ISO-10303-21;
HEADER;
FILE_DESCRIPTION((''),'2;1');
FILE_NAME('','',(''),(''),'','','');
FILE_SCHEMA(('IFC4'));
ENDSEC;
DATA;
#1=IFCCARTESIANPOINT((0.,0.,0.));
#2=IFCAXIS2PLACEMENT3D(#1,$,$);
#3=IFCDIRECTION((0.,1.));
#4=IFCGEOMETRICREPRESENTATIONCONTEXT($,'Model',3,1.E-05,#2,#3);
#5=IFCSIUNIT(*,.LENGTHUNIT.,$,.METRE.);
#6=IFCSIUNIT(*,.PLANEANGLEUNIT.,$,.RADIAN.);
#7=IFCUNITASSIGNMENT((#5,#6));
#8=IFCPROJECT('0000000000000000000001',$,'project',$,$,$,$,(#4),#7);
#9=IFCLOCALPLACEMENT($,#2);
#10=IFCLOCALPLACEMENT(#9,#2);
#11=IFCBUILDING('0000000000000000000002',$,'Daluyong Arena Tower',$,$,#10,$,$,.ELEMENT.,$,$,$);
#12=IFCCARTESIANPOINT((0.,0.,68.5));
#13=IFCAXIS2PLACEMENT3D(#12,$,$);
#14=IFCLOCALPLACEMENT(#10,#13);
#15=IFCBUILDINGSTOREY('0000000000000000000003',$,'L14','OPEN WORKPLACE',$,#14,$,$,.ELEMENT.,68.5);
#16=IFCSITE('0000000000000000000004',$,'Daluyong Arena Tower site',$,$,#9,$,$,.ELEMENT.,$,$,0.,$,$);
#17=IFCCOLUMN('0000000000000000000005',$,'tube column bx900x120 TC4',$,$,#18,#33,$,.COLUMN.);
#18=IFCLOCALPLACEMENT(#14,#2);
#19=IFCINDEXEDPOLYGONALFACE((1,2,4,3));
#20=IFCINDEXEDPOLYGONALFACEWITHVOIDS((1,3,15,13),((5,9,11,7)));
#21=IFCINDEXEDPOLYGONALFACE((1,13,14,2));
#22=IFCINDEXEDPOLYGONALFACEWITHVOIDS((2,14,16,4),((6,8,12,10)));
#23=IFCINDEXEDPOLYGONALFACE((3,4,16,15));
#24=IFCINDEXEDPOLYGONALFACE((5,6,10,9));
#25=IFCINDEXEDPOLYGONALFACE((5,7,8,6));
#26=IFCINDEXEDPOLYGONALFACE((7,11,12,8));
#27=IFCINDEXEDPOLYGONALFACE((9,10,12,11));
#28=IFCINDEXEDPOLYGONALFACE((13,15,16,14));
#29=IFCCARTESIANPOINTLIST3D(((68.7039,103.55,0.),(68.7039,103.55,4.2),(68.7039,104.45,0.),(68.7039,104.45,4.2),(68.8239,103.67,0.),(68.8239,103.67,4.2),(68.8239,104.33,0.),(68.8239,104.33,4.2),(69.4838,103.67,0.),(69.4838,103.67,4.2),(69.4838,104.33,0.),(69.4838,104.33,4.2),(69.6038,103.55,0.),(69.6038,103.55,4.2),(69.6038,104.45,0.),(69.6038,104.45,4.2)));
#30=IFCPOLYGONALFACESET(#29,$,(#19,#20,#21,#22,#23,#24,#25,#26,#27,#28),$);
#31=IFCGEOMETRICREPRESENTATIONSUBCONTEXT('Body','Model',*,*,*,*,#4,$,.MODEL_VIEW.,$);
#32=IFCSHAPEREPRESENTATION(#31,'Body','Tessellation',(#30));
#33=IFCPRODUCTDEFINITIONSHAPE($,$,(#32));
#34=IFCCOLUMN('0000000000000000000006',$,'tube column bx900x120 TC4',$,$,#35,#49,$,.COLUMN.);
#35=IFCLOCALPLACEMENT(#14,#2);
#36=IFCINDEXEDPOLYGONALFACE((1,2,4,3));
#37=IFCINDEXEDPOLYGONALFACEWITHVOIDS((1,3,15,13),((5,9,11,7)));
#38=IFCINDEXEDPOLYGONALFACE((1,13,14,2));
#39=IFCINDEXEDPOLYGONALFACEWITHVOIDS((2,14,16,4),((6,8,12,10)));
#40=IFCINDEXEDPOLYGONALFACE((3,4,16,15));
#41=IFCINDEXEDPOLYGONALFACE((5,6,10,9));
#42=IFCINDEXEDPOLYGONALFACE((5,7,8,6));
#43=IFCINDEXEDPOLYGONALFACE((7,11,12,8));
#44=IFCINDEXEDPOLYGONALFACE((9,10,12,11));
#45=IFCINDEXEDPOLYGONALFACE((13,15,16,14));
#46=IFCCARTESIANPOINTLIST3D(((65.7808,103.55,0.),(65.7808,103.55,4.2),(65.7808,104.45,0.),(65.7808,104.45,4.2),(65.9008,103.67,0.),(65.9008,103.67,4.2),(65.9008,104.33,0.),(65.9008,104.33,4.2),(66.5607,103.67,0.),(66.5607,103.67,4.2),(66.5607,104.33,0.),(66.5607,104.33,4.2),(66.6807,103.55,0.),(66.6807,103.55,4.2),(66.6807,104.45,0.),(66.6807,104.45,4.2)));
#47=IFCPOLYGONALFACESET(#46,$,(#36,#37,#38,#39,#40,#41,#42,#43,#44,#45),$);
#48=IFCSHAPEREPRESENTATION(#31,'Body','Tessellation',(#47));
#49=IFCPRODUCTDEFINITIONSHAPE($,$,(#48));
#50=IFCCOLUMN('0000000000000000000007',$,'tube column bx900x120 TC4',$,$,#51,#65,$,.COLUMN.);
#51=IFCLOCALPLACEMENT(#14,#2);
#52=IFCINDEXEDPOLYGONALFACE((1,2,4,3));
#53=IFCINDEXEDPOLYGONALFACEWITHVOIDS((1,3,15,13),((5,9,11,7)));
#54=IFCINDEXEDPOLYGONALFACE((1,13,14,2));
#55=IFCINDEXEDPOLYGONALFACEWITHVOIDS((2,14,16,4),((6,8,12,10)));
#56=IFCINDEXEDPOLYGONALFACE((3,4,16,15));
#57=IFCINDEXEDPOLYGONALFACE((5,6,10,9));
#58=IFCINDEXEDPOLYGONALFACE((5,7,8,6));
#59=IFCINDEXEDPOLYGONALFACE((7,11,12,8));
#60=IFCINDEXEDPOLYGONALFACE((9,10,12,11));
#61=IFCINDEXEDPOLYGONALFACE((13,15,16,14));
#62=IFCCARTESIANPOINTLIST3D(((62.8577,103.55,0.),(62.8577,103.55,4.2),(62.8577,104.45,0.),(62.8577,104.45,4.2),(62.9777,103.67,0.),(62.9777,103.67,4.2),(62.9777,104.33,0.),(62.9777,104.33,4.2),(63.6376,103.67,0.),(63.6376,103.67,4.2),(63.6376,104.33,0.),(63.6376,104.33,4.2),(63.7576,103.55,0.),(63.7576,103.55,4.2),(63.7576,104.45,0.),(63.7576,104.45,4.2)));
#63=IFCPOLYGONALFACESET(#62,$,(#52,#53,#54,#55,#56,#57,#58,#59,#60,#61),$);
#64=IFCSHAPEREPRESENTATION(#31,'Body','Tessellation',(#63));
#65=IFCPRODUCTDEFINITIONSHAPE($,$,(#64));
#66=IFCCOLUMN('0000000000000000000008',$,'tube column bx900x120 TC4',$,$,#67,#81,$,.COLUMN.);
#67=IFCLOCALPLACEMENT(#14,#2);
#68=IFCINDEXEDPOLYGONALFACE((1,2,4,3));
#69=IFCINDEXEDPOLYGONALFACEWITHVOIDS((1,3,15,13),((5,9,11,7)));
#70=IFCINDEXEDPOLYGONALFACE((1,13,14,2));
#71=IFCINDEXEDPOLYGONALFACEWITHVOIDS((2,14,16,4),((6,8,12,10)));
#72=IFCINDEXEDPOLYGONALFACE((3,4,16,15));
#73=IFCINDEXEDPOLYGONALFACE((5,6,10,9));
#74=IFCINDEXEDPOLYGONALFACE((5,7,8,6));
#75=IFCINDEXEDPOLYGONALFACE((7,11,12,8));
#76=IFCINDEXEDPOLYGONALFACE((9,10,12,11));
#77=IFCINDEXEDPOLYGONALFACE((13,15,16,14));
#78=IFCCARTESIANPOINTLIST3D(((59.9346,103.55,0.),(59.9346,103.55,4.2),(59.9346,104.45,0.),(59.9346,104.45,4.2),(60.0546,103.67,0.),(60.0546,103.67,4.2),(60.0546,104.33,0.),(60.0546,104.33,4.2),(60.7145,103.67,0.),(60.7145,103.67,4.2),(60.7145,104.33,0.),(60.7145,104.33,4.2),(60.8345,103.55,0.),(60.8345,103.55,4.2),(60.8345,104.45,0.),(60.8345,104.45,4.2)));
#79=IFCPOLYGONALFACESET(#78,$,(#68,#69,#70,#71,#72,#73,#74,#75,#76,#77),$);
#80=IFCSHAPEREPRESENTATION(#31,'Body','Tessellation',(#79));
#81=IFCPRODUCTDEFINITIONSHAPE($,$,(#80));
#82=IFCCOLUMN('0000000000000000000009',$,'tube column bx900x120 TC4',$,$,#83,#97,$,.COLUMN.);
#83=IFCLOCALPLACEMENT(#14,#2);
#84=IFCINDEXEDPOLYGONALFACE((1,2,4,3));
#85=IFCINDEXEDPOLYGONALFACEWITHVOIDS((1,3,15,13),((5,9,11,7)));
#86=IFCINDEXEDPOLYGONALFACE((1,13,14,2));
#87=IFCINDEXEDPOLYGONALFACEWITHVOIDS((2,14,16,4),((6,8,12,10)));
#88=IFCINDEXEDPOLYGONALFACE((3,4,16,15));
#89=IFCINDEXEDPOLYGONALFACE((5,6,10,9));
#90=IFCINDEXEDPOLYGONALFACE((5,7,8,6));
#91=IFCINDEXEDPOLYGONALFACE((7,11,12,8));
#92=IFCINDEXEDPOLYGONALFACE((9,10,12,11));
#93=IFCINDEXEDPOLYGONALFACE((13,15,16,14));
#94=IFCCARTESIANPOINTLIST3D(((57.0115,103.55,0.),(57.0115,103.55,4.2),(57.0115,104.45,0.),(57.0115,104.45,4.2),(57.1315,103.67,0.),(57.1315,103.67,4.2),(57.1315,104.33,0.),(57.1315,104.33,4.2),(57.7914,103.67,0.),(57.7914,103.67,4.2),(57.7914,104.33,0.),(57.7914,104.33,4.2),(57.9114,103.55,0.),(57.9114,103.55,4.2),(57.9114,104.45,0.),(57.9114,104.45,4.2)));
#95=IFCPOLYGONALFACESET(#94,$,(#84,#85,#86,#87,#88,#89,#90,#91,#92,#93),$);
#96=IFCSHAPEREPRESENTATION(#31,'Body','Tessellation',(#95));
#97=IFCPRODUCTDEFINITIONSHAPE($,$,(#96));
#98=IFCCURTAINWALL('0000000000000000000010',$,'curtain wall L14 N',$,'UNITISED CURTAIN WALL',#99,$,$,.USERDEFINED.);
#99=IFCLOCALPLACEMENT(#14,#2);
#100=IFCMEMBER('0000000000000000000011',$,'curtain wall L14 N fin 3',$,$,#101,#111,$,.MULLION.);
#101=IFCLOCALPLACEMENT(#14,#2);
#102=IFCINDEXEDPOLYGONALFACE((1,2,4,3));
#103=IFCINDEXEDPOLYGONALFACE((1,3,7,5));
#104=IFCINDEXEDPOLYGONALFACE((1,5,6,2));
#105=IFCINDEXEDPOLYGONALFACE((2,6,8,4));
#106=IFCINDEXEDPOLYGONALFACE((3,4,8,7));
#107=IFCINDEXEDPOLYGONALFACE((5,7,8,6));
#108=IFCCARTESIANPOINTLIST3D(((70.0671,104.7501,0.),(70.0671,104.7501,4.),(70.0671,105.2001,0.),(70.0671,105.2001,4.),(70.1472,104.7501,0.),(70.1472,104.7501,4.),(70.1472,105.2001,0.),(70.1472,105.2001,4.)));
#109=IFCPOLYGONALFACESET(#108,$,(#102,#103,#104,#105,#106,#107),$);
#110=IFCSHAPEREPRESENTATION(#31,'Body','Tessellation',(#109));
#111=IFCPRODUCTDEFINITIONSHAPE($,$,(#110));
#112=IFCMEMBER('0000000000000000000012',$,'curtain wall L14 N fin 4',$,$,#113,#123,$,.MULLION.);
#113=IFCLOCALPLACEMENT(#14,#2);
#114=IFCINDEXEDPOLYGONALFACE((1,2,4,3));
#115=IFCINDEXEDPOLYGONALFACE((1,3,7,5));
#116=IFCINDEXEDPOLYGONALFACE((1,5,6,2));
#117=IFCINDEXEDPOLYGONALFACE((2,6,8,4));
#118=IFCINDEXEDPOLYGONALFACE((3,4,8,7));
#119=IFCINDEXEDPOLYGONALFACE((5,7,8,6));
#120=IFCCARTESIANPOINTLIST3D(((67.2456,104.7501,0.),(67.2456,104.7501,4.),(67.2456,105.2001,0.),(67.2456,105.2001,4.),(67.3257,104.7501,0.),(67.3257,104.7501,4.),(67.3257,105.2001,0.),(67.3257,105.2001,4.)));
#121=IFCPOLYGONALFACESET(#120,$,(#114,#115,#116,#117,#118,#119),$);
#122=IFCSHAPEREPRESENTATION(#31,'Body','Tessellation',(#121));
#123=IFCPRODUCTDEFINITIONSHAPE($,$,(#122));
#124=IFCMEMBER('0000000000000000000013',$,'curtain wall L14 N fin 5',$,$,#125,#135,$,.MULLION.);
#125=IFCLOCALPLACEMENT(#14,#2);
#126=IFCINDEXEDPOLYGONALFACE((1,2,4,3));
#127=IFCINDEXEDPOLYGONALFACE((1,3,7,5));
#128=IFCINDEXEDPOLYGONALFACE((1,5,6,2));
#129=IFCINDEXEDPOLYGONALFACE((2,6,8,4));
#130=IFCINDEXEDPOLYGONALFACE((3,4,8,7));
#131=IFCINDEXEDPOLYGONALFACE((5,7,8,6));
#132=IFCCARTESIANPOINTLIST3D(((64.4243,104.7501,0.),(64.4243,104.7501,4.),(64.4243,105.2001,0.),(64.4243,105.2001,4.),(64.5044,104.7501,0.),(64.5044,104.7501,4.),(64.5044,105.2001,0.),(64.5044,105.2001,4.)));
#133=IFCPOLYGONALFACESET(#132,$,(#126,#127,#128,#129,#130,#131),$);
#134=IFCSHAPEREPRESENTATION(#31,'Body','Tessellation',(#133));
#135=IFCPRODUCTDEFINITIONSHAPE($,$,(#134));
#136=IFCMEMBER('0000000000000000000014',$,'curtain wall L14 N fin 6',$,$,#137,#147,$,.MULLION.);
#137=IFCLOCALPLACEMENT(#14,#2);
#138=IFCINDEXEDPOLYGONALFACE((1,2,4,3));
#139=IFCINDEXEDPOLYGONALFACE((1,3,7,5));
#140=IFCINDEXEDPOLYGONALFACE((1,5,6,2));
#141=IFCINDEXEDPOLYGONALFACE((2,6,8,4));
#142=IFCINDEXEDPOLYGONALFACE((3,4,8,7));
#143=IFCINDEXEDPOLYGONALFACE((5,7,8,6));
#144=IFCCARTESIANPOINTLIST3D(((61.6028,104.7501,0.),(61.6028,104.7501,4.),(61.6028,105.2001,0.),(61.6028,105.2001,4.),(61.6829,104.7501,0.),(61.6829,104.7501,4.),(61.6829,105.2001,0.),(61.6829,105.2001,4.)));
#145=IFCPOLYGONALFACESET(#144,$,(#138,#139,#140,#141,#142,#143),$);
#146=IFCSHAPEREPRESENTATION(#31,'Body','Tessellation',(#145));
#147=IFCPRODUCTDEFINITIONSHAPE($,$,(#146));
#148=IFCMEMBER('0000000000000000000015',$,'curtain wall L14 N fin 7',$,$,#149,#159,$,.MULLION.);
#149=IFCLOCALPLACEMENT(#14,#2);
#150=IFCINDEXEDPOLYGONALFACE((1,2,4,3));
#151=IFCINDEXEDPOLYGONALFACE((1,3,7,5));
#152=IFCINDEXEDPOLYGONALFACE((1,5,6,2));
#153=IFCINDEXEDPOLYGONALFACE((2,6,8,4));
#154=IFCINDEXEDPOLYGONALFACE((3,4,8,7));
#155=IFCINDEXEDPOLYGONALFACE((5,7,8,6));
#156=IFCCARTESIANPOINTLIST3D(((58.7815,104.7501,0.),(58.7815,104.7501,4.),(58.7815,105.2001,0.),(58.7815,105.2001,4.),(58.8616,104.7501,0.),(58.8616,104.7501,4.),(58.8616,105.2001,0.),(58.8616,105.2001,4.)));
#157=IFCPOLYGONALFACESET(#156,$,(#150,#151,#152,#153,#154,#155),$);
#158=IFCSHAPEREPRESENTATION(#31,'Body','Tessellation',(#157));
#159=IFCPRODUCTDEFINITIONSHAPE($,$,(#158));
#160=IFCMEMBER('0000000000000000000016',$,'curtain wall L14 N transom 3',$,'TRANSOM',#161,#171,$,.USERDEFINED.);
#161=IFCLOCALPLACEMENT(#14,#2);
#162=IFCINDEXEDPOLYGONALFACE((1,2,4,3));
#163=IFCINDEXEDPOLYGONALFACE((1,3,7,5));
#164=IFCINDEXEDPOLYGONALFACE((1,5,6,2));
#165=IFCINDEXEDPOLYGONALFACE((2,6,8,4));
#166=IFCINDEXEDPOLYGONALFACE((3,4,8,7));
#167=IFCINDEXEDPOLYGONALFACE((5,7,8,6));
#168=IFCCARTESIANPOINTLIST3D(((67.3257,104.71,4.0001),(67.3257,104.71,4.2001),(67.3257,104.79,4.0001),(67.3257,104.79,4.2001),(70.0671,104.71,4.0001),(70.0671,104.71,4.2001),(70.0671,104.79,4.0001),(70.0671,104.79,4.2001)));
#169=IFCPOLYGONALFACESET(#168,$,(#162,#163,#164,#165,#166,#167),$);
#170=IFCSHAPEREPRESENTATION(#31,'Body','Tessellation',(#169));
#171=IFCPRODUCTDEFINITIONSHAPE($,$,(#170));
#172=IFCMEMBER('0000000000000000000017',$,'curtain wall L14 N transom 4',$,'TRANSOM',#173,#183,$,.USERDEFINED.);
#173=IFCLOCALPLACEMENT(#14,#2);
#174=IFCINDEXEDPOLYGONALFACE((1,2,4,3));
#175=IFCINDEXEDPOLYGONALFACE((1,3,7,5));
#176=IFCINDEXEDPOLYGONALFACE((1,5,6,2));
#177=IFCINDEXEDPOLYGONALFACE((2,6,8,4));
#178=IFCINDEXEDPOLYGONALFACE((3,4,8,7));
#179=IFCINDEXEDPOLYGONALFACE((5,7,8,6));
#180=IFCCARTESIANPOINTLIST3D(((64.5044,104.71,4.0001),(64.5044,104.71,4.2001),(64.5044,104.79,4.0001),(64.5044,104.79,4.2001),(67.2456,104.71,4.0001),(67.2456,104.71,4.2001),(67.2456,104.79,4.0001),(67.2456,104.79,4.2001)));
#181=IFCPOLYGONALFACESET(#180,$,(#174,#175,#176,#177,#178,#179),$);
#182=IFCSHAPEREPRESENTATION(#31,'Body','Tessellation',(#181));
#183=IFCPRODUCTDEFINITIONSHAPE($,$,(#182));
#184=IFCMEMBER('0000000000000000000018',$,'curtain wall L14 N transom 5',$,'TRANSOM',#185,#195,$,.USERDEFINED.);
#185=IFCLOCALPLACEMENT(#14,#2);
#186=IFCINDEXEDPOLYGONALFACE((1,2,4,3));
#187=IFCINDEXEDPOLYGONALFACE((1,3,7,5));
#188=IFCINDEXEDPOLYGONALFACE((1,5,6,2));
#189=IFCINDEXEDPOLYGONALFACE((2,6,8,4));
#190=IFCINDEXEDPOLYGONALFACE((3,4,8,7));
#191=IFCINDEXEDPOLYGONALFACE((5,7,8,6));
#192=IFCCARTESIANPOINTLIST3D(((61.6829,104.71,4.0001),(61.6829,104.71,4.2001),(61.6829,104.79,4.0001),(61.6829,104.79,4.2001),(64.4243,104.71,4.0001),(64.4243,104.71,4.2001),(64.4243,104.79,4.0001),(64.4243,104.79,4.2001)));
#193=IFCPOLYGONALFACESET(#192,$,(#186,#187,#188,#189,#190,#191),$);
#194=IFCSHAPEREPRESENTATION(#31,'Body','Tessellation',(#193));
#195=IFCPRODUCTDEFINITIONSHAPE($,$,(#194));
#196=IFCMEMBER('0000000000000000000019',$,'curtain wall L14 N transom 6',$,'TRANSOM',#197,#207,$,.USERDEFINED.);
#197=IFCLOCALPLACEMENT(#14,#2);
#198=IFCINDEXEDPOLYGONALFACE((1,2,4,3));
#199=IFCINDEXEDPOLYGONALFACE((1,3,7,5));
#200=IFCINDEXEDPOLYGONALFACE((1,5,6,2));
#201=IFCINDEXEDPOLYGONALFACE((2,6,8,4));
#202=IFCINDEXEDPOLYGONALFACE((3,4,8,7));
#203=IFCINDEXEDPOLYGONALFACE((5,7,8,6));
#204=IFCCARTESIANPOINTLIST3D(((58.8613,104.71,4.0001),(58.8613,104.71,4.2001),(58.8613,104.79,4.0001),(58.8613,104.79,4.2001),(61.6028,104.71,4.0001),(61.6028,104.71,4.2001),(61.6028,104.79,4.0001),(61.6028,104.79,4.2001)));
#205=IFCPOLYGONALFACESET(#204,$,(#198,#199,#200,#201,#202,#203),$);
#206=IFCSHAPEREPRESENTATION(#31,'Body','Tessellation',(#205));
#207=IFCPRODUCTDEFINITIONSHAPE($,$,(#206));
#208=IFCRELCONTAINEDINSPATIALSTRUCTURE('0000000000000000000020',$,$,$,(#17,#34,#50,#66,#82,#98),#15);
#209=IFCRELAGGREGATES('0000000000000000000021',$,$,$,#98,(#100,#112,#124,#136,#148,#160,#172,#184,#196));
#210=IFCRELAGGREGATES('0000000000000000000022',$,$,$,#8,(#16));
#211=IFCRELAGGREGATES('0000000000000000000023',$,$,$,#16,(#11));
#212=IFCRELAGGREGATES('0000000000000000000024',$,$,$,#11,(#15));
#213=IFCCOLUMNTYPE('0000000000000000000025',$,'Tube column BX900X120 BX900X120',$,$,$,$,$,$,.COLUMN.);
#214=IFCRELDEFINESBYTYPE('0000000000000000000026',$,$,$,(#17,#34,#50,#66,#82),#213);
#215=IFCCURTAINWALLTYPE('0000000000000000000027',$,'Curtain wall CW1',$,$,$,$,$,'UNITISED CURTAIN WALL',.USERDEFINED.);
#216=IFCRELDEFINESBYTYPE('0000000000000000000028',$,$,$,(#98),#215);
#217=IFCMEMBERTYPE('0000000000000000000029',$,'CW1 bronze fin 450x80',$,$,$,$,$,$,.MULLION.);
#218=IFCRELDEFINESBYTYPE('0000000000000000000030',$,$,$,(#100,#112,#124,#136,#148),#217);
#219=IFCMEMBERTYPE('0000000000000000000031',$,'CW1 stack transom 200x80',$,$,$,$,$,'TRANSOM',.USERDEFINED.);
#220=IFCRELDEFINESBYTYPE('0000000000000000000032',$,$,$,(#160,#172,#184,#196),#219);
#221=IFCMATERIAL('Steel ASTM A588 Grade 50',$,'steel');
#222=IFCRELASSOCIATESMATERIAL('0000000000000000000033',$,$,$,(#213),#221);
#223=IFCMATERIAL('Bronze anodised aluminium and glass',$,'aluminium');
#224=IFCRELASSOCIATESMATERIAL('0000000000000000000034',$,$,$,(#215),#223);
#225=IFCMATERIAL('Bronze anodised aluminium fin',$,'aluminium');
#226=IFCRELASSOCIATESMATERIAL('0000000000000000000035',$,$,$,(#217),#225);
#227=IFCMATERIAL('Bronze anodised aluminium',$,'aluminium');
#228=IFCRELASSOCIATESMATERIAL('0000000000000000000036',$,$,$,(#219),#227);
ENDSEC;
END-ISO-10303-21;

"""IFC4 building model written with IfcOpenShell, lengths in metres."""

from ifc_helpers import new_model, si_unit, direction, frame, origin, origin_2d, place, context, subcontext, project, spatial, rectangle, hollow_rectangle, extrude, material, material_profile, profile_set, type_object, element, aggregate, save


model = new_model("IFC4")

# Units and contexts
model_context = context("Model", 3, precision=1e-05, world=origin(), true_north=direction((0.0, 1.0)))
body_context = subcontext(model_context, "Body", "Model", "MODEL_VIEW")
ifc_project = project(units=[si_unit("LENGTHUNIT", "METRE"), si_unit("PLANEANGLEUNIT", "RADIAN")], contexts=[model_context])

# Site, building, storey
site_placement = place(None, origin())
site = spatial("IfcSite", under=ifc_project, at=site_placement, Name="Daluyong Arena Tower site", CompositionType="ELEMENT", RefElevation=0.0)
building_placement = place(site_placement, origin())
building = spatial("IfcBuilding", under=site, at=building_placement, Name="Daluyong Arena Tower", CompositionType="ELEMENT")
storey_placement = place(building_placement, frame((0.0, 0.0, 68.5)))
storey = spatial("IfcBuildingStorey", under=building, at=storey_placement, Name="L14", Description="OPEN WORKPLACE", CompositionType="ELEMENT", Elevation=68.5)

# Columns
ifc_material_1 = material(Name="Steel ASTM A588 Grade 50", Category="steel")
ifc_material_profile_1 = material_profile(ifc_material_1, hollow_rectangle(XDim=0.8999, YDim=0.8999, WallThickness=0.12, at=origin_2d()))
ifc_profile_set_1 = profile_set([ifc_material_profile_1], Name="Steel ASTM A588 Grade 50")
column_type = type_object("IfcColumnType", Name="Tube column BX900X120 BX900X120", PredefinedType="COLUMN", material=ifc_profile_set_1)
for number, where, z_axis, x_axis, name in (
    (1, (69.1538, 104.0, 0.0), (0.0, 0.0, 1.0), (1.0, 0.0, 0.0), "tube column bx900x120 TC4"),
    (2, (66.2307, 104.0, 0.0), (0.0, 0.0, 1.0), (1.0, 0.0, 0.0), "tube column bx900x120 TC4"),
    (3, (63.3076, 104.0, 0.0), (0.0, 0.0, 1.0), (1.0, 0.0, 0.0), "tube column bx900x120 TC4"),
    (4, (60.3845, 104.0, 0.0), (0.0, 0.0, 1.0), (1.0, 0.0, 0.0), "tube column bx900x120 TC4"),
    (5, (57.4614, 104.0, 0.0), (0.0, 0.0, 1.0), (1.0, 0.0, 0.0), "tube column bx900x120 TC4"),
):
    element("IfcColumn", number, at=place(storey_placement, frame(where, z_axis=z_axis, x_axis=x_axis)), inside=storey, type_object=column_type, Name=name, PredefinedType="COLUMN", context=body_context, shape_type="SweptSolid", body=[
        extrude(hollow_rectangle(XDim=0.8999, YDim=0.8999, WallThickness=0.12, at=origin_2d()), origin(), (0.0, 0.0, 1.0), 4.2),
    ])

# Curtain wall, members
ifc_material_2 = material(Name="Bronze anodised aluminium and glass", Category="aluminium")
curtain_wall_type = type_object("IfcCurtainWallType", Name="Curtain wall CW1", ElementType="UNITISED CURTAIN WALL", PredefinedType="USERDEFINED", material=ifc_material_2)
curtain_wall_placement = place(storey_placement, origin())
curtain_wall = element("IfcCurtainWall", 6, at=curtain_wall_placement, inside=storey, type_object=curtain_wall_type, Name="curtain wall L14 N", ObjectType="UNITISED CURTAIN WALL", PredefinedType="USERDEFINED")
ifc_material_3 = material(Name="Bronze anodised aluminium fin", Category="aluminium")
ifc_material_profile_2 = material_profile(ifc_material_3, rectangle(XDim=0.45, YDim=0.0801, at=origin_2d()))
ifc_profile_set_2 = profile_set([ifc_material_profile_2], Name="Bronze anodised aluminium fin")
member_type_1 = type_object("IfcMemberType", Name="CW1 bronze fin 450x80", PredefinedType="MULLION", material=ifc_profile_set_2)
member_1_placement = place(storey_placement, frame((70.1072, 104.9751, 0.0), z_axis=(0.0, 0.0, 1.0), x_axis=(0.0, -1.0, 0.0)))
member_1 = element("IfcMember", 7, at=member_1_placement, type_object=member_type_1, Name="curtain wall L14 N fin 3", PredefinedType="MULLION", context=body_context, shape_type="SweptSolid", body=[
    extrude(rectangle(XDim=0.45, YDim=0.0801, at=origin_2d()), origin(), (0.0, 0.0, 1.0), 4.0),
])
member_2_placement = place(storey_placement, frame((67.2856, 104.9751, 0.0), z_axis=(0.0, 0.0, 1.0), x_axis=(0.0, -1.0, 0.0)))
member_2 = element("IfcMember", 8, at=member_2_placement, type_object=member_type_1, Name="curtain wall L14 N fin 4", PredefinedType="MULLION", context=body_context, shape_type="SweptSolid", body=[
    extrude(rectangle(XDim=0.45, YDim=0.0801, at=origin_2d()), origin(), (0.0, 0.0, 1.0), 4.0),
])
member_3_placement = place(storey_placement, frame((64.4644, 104.9751, 0.0), z_axis=(0.0, 0.0, 1.0), x_axis=(0.0, -1.0, 0.0)))
member_3 = element("IfcMember", 9, at=member_3_placement, type_object=member_type_1, Name="curtain wall L14 N fin 5", PredefinedType="MULLION", context=body_context, shape_type="SweptSolid", body=[
    extrude(rectangle(XDim=0.45, YDim=0.0801, at=origin_2d()), origin(), (0.0, 0.0, 1.0), 4.0),
])
member_4_placement = place(storey_placement, frame((61.6428, 104.9751, 0.0), z_axis=(0.0, 0.0, 1.0), x_axis=(0.0, -1.0, 0.0)))
member_4 = element("IfcMember", 10, at=member_4_placement, type_object=member_type_1, Name="curtain wall L14 N fin 6", PredefinedType="MULLION", context=body_context, shape_type="SweptSolid", body=[
    extrude(rectangle(XDim=0.45, YDim=0.0801, at=origin_2d()), origin(), (0.0, 0.0, 1.0), 4.0),
])
member_5_placement = place(storey_placement, frame((58.8215, 104.9751, 0.0), z_axis=(0.0, 0.0, 1.0), x_axis=(0.0, -1.0, 0.0)))
member_5 = element("IfcMember", 11, at=member_5_placement, type_object=member_type_1, Name="curtain wall L14 N fin 7", PredefinedType="MULLION", context=body_context, shape_type="SweptSolid", body=[
    extrude(rectangle(XDim=0.45, YDim=0.0801, at=origin_2d()), origin(), (0.0, 0.0, 1.0), 4.0),
])
ifc_material_4 = material(Name="Bronze anodised aluminium", Category="aluminium")
ifc_material_profile_3 = material_profile(ifc_material_4, rectangle(XDim=0.0801, YDim=0.2, at=origin_2d()))
ifc_profile_set_3 = profile_set([ifc_material_profile_3], Name="Bronze anodised aluminium")
member_type_2 = type_object("IfcMemberType", Name="CW1 stack transom 200x80", ElementType="TRANSOM", PredefinedType="USERDEFINED", material=ifc_profile_set_3)
member_6_placement = place(storey_placement, frame((70.0671, 104.75, 4.1001), z_axis=(-1.0, 0.0, 0.0), x_axis=(0.0, -1.0, 0.0)))
member_6 = element("IfcMember", 12, at=member_6_placement, type_object=member_type_2, Name="curtain wall L14 N transom 3", ObjectType="TRANSOM", PredefinedType="USERDEFINED", context=body_context, shape_type="SweptSolid", body=[
    extrude(rectangle(XDim=0.0801, YDim=0.2, at=origin_2d()), origin(), (0.0, 0.0, 1.0), 2.7415),
])
member_7_placement = place(storey_placement, frame((67.2456, 104.75, 4.1001), z_axis=(-1.0, 0.0, 0.0), x_axis=(0.0, -1.0, 0.0)))
member_7 = element("IfcMember", 13, at=member_7_placement, type_object=member_type_2, Name="curtain wall L14 N transom 4", ObjectType="TRANSOM", PredefinedType="USERDEFINED", context=body_context, shape_type="SweptSolid", body=[
    extrude(rectangle(XDim=0.0801, YDim=0.2, at=origin_2d()), origin(), (0.0, 0.0, 1.0), 2.7412),
])
member_8_placement = place(storey_placement, frame((64.4243, 104.75, 4.1001), z_axis=(-1.0, 0.0, 0.0), x_axis=(0.0, -1.0, 0.0)))
member_8 = element("IfcMember", 14, at=member_8_placement, type_object=member_type_2, Name="curtain wall L14 N transom 5", ObjectType="TRANSOM", PredefinedType="USERDEFINED", context=body_context, shape_type="SweptSolid", body=[
    extrude(rectangle(XDim=0.0801, YDim=0.2, at=origin_2d()), origin(), (0.0, 0.0, 1.0), 2.7415),
])
member_9_placement = place(storey_placement, frame((61.6028, 104.75, 4.1001), z_axis=(-1.0, 0.0, 0.0), x_axis=(0.0, -1.0, 0.0)))
member_9 = element("IfcMember", 15, at=member_9_placement, type_object=member_type_2, Name="curtain wall L14 N transom 6", ObjectType="TRANSOM", PredefinedType="USERDEFINED", context=body_context, shape_type="SweptSolid", body=[
    extrude(rectangle(XDim=0.0801, YDim=0.2, at=origin_2d()), origin(), (0.0, 0.0, 1.0), 2.7415),
])

aggregate(curtain_wall, [member_1, member_2, member_3, member_4, member_5, member_6, member_7, member_8, member_9])

save(model, "model.ifc")
